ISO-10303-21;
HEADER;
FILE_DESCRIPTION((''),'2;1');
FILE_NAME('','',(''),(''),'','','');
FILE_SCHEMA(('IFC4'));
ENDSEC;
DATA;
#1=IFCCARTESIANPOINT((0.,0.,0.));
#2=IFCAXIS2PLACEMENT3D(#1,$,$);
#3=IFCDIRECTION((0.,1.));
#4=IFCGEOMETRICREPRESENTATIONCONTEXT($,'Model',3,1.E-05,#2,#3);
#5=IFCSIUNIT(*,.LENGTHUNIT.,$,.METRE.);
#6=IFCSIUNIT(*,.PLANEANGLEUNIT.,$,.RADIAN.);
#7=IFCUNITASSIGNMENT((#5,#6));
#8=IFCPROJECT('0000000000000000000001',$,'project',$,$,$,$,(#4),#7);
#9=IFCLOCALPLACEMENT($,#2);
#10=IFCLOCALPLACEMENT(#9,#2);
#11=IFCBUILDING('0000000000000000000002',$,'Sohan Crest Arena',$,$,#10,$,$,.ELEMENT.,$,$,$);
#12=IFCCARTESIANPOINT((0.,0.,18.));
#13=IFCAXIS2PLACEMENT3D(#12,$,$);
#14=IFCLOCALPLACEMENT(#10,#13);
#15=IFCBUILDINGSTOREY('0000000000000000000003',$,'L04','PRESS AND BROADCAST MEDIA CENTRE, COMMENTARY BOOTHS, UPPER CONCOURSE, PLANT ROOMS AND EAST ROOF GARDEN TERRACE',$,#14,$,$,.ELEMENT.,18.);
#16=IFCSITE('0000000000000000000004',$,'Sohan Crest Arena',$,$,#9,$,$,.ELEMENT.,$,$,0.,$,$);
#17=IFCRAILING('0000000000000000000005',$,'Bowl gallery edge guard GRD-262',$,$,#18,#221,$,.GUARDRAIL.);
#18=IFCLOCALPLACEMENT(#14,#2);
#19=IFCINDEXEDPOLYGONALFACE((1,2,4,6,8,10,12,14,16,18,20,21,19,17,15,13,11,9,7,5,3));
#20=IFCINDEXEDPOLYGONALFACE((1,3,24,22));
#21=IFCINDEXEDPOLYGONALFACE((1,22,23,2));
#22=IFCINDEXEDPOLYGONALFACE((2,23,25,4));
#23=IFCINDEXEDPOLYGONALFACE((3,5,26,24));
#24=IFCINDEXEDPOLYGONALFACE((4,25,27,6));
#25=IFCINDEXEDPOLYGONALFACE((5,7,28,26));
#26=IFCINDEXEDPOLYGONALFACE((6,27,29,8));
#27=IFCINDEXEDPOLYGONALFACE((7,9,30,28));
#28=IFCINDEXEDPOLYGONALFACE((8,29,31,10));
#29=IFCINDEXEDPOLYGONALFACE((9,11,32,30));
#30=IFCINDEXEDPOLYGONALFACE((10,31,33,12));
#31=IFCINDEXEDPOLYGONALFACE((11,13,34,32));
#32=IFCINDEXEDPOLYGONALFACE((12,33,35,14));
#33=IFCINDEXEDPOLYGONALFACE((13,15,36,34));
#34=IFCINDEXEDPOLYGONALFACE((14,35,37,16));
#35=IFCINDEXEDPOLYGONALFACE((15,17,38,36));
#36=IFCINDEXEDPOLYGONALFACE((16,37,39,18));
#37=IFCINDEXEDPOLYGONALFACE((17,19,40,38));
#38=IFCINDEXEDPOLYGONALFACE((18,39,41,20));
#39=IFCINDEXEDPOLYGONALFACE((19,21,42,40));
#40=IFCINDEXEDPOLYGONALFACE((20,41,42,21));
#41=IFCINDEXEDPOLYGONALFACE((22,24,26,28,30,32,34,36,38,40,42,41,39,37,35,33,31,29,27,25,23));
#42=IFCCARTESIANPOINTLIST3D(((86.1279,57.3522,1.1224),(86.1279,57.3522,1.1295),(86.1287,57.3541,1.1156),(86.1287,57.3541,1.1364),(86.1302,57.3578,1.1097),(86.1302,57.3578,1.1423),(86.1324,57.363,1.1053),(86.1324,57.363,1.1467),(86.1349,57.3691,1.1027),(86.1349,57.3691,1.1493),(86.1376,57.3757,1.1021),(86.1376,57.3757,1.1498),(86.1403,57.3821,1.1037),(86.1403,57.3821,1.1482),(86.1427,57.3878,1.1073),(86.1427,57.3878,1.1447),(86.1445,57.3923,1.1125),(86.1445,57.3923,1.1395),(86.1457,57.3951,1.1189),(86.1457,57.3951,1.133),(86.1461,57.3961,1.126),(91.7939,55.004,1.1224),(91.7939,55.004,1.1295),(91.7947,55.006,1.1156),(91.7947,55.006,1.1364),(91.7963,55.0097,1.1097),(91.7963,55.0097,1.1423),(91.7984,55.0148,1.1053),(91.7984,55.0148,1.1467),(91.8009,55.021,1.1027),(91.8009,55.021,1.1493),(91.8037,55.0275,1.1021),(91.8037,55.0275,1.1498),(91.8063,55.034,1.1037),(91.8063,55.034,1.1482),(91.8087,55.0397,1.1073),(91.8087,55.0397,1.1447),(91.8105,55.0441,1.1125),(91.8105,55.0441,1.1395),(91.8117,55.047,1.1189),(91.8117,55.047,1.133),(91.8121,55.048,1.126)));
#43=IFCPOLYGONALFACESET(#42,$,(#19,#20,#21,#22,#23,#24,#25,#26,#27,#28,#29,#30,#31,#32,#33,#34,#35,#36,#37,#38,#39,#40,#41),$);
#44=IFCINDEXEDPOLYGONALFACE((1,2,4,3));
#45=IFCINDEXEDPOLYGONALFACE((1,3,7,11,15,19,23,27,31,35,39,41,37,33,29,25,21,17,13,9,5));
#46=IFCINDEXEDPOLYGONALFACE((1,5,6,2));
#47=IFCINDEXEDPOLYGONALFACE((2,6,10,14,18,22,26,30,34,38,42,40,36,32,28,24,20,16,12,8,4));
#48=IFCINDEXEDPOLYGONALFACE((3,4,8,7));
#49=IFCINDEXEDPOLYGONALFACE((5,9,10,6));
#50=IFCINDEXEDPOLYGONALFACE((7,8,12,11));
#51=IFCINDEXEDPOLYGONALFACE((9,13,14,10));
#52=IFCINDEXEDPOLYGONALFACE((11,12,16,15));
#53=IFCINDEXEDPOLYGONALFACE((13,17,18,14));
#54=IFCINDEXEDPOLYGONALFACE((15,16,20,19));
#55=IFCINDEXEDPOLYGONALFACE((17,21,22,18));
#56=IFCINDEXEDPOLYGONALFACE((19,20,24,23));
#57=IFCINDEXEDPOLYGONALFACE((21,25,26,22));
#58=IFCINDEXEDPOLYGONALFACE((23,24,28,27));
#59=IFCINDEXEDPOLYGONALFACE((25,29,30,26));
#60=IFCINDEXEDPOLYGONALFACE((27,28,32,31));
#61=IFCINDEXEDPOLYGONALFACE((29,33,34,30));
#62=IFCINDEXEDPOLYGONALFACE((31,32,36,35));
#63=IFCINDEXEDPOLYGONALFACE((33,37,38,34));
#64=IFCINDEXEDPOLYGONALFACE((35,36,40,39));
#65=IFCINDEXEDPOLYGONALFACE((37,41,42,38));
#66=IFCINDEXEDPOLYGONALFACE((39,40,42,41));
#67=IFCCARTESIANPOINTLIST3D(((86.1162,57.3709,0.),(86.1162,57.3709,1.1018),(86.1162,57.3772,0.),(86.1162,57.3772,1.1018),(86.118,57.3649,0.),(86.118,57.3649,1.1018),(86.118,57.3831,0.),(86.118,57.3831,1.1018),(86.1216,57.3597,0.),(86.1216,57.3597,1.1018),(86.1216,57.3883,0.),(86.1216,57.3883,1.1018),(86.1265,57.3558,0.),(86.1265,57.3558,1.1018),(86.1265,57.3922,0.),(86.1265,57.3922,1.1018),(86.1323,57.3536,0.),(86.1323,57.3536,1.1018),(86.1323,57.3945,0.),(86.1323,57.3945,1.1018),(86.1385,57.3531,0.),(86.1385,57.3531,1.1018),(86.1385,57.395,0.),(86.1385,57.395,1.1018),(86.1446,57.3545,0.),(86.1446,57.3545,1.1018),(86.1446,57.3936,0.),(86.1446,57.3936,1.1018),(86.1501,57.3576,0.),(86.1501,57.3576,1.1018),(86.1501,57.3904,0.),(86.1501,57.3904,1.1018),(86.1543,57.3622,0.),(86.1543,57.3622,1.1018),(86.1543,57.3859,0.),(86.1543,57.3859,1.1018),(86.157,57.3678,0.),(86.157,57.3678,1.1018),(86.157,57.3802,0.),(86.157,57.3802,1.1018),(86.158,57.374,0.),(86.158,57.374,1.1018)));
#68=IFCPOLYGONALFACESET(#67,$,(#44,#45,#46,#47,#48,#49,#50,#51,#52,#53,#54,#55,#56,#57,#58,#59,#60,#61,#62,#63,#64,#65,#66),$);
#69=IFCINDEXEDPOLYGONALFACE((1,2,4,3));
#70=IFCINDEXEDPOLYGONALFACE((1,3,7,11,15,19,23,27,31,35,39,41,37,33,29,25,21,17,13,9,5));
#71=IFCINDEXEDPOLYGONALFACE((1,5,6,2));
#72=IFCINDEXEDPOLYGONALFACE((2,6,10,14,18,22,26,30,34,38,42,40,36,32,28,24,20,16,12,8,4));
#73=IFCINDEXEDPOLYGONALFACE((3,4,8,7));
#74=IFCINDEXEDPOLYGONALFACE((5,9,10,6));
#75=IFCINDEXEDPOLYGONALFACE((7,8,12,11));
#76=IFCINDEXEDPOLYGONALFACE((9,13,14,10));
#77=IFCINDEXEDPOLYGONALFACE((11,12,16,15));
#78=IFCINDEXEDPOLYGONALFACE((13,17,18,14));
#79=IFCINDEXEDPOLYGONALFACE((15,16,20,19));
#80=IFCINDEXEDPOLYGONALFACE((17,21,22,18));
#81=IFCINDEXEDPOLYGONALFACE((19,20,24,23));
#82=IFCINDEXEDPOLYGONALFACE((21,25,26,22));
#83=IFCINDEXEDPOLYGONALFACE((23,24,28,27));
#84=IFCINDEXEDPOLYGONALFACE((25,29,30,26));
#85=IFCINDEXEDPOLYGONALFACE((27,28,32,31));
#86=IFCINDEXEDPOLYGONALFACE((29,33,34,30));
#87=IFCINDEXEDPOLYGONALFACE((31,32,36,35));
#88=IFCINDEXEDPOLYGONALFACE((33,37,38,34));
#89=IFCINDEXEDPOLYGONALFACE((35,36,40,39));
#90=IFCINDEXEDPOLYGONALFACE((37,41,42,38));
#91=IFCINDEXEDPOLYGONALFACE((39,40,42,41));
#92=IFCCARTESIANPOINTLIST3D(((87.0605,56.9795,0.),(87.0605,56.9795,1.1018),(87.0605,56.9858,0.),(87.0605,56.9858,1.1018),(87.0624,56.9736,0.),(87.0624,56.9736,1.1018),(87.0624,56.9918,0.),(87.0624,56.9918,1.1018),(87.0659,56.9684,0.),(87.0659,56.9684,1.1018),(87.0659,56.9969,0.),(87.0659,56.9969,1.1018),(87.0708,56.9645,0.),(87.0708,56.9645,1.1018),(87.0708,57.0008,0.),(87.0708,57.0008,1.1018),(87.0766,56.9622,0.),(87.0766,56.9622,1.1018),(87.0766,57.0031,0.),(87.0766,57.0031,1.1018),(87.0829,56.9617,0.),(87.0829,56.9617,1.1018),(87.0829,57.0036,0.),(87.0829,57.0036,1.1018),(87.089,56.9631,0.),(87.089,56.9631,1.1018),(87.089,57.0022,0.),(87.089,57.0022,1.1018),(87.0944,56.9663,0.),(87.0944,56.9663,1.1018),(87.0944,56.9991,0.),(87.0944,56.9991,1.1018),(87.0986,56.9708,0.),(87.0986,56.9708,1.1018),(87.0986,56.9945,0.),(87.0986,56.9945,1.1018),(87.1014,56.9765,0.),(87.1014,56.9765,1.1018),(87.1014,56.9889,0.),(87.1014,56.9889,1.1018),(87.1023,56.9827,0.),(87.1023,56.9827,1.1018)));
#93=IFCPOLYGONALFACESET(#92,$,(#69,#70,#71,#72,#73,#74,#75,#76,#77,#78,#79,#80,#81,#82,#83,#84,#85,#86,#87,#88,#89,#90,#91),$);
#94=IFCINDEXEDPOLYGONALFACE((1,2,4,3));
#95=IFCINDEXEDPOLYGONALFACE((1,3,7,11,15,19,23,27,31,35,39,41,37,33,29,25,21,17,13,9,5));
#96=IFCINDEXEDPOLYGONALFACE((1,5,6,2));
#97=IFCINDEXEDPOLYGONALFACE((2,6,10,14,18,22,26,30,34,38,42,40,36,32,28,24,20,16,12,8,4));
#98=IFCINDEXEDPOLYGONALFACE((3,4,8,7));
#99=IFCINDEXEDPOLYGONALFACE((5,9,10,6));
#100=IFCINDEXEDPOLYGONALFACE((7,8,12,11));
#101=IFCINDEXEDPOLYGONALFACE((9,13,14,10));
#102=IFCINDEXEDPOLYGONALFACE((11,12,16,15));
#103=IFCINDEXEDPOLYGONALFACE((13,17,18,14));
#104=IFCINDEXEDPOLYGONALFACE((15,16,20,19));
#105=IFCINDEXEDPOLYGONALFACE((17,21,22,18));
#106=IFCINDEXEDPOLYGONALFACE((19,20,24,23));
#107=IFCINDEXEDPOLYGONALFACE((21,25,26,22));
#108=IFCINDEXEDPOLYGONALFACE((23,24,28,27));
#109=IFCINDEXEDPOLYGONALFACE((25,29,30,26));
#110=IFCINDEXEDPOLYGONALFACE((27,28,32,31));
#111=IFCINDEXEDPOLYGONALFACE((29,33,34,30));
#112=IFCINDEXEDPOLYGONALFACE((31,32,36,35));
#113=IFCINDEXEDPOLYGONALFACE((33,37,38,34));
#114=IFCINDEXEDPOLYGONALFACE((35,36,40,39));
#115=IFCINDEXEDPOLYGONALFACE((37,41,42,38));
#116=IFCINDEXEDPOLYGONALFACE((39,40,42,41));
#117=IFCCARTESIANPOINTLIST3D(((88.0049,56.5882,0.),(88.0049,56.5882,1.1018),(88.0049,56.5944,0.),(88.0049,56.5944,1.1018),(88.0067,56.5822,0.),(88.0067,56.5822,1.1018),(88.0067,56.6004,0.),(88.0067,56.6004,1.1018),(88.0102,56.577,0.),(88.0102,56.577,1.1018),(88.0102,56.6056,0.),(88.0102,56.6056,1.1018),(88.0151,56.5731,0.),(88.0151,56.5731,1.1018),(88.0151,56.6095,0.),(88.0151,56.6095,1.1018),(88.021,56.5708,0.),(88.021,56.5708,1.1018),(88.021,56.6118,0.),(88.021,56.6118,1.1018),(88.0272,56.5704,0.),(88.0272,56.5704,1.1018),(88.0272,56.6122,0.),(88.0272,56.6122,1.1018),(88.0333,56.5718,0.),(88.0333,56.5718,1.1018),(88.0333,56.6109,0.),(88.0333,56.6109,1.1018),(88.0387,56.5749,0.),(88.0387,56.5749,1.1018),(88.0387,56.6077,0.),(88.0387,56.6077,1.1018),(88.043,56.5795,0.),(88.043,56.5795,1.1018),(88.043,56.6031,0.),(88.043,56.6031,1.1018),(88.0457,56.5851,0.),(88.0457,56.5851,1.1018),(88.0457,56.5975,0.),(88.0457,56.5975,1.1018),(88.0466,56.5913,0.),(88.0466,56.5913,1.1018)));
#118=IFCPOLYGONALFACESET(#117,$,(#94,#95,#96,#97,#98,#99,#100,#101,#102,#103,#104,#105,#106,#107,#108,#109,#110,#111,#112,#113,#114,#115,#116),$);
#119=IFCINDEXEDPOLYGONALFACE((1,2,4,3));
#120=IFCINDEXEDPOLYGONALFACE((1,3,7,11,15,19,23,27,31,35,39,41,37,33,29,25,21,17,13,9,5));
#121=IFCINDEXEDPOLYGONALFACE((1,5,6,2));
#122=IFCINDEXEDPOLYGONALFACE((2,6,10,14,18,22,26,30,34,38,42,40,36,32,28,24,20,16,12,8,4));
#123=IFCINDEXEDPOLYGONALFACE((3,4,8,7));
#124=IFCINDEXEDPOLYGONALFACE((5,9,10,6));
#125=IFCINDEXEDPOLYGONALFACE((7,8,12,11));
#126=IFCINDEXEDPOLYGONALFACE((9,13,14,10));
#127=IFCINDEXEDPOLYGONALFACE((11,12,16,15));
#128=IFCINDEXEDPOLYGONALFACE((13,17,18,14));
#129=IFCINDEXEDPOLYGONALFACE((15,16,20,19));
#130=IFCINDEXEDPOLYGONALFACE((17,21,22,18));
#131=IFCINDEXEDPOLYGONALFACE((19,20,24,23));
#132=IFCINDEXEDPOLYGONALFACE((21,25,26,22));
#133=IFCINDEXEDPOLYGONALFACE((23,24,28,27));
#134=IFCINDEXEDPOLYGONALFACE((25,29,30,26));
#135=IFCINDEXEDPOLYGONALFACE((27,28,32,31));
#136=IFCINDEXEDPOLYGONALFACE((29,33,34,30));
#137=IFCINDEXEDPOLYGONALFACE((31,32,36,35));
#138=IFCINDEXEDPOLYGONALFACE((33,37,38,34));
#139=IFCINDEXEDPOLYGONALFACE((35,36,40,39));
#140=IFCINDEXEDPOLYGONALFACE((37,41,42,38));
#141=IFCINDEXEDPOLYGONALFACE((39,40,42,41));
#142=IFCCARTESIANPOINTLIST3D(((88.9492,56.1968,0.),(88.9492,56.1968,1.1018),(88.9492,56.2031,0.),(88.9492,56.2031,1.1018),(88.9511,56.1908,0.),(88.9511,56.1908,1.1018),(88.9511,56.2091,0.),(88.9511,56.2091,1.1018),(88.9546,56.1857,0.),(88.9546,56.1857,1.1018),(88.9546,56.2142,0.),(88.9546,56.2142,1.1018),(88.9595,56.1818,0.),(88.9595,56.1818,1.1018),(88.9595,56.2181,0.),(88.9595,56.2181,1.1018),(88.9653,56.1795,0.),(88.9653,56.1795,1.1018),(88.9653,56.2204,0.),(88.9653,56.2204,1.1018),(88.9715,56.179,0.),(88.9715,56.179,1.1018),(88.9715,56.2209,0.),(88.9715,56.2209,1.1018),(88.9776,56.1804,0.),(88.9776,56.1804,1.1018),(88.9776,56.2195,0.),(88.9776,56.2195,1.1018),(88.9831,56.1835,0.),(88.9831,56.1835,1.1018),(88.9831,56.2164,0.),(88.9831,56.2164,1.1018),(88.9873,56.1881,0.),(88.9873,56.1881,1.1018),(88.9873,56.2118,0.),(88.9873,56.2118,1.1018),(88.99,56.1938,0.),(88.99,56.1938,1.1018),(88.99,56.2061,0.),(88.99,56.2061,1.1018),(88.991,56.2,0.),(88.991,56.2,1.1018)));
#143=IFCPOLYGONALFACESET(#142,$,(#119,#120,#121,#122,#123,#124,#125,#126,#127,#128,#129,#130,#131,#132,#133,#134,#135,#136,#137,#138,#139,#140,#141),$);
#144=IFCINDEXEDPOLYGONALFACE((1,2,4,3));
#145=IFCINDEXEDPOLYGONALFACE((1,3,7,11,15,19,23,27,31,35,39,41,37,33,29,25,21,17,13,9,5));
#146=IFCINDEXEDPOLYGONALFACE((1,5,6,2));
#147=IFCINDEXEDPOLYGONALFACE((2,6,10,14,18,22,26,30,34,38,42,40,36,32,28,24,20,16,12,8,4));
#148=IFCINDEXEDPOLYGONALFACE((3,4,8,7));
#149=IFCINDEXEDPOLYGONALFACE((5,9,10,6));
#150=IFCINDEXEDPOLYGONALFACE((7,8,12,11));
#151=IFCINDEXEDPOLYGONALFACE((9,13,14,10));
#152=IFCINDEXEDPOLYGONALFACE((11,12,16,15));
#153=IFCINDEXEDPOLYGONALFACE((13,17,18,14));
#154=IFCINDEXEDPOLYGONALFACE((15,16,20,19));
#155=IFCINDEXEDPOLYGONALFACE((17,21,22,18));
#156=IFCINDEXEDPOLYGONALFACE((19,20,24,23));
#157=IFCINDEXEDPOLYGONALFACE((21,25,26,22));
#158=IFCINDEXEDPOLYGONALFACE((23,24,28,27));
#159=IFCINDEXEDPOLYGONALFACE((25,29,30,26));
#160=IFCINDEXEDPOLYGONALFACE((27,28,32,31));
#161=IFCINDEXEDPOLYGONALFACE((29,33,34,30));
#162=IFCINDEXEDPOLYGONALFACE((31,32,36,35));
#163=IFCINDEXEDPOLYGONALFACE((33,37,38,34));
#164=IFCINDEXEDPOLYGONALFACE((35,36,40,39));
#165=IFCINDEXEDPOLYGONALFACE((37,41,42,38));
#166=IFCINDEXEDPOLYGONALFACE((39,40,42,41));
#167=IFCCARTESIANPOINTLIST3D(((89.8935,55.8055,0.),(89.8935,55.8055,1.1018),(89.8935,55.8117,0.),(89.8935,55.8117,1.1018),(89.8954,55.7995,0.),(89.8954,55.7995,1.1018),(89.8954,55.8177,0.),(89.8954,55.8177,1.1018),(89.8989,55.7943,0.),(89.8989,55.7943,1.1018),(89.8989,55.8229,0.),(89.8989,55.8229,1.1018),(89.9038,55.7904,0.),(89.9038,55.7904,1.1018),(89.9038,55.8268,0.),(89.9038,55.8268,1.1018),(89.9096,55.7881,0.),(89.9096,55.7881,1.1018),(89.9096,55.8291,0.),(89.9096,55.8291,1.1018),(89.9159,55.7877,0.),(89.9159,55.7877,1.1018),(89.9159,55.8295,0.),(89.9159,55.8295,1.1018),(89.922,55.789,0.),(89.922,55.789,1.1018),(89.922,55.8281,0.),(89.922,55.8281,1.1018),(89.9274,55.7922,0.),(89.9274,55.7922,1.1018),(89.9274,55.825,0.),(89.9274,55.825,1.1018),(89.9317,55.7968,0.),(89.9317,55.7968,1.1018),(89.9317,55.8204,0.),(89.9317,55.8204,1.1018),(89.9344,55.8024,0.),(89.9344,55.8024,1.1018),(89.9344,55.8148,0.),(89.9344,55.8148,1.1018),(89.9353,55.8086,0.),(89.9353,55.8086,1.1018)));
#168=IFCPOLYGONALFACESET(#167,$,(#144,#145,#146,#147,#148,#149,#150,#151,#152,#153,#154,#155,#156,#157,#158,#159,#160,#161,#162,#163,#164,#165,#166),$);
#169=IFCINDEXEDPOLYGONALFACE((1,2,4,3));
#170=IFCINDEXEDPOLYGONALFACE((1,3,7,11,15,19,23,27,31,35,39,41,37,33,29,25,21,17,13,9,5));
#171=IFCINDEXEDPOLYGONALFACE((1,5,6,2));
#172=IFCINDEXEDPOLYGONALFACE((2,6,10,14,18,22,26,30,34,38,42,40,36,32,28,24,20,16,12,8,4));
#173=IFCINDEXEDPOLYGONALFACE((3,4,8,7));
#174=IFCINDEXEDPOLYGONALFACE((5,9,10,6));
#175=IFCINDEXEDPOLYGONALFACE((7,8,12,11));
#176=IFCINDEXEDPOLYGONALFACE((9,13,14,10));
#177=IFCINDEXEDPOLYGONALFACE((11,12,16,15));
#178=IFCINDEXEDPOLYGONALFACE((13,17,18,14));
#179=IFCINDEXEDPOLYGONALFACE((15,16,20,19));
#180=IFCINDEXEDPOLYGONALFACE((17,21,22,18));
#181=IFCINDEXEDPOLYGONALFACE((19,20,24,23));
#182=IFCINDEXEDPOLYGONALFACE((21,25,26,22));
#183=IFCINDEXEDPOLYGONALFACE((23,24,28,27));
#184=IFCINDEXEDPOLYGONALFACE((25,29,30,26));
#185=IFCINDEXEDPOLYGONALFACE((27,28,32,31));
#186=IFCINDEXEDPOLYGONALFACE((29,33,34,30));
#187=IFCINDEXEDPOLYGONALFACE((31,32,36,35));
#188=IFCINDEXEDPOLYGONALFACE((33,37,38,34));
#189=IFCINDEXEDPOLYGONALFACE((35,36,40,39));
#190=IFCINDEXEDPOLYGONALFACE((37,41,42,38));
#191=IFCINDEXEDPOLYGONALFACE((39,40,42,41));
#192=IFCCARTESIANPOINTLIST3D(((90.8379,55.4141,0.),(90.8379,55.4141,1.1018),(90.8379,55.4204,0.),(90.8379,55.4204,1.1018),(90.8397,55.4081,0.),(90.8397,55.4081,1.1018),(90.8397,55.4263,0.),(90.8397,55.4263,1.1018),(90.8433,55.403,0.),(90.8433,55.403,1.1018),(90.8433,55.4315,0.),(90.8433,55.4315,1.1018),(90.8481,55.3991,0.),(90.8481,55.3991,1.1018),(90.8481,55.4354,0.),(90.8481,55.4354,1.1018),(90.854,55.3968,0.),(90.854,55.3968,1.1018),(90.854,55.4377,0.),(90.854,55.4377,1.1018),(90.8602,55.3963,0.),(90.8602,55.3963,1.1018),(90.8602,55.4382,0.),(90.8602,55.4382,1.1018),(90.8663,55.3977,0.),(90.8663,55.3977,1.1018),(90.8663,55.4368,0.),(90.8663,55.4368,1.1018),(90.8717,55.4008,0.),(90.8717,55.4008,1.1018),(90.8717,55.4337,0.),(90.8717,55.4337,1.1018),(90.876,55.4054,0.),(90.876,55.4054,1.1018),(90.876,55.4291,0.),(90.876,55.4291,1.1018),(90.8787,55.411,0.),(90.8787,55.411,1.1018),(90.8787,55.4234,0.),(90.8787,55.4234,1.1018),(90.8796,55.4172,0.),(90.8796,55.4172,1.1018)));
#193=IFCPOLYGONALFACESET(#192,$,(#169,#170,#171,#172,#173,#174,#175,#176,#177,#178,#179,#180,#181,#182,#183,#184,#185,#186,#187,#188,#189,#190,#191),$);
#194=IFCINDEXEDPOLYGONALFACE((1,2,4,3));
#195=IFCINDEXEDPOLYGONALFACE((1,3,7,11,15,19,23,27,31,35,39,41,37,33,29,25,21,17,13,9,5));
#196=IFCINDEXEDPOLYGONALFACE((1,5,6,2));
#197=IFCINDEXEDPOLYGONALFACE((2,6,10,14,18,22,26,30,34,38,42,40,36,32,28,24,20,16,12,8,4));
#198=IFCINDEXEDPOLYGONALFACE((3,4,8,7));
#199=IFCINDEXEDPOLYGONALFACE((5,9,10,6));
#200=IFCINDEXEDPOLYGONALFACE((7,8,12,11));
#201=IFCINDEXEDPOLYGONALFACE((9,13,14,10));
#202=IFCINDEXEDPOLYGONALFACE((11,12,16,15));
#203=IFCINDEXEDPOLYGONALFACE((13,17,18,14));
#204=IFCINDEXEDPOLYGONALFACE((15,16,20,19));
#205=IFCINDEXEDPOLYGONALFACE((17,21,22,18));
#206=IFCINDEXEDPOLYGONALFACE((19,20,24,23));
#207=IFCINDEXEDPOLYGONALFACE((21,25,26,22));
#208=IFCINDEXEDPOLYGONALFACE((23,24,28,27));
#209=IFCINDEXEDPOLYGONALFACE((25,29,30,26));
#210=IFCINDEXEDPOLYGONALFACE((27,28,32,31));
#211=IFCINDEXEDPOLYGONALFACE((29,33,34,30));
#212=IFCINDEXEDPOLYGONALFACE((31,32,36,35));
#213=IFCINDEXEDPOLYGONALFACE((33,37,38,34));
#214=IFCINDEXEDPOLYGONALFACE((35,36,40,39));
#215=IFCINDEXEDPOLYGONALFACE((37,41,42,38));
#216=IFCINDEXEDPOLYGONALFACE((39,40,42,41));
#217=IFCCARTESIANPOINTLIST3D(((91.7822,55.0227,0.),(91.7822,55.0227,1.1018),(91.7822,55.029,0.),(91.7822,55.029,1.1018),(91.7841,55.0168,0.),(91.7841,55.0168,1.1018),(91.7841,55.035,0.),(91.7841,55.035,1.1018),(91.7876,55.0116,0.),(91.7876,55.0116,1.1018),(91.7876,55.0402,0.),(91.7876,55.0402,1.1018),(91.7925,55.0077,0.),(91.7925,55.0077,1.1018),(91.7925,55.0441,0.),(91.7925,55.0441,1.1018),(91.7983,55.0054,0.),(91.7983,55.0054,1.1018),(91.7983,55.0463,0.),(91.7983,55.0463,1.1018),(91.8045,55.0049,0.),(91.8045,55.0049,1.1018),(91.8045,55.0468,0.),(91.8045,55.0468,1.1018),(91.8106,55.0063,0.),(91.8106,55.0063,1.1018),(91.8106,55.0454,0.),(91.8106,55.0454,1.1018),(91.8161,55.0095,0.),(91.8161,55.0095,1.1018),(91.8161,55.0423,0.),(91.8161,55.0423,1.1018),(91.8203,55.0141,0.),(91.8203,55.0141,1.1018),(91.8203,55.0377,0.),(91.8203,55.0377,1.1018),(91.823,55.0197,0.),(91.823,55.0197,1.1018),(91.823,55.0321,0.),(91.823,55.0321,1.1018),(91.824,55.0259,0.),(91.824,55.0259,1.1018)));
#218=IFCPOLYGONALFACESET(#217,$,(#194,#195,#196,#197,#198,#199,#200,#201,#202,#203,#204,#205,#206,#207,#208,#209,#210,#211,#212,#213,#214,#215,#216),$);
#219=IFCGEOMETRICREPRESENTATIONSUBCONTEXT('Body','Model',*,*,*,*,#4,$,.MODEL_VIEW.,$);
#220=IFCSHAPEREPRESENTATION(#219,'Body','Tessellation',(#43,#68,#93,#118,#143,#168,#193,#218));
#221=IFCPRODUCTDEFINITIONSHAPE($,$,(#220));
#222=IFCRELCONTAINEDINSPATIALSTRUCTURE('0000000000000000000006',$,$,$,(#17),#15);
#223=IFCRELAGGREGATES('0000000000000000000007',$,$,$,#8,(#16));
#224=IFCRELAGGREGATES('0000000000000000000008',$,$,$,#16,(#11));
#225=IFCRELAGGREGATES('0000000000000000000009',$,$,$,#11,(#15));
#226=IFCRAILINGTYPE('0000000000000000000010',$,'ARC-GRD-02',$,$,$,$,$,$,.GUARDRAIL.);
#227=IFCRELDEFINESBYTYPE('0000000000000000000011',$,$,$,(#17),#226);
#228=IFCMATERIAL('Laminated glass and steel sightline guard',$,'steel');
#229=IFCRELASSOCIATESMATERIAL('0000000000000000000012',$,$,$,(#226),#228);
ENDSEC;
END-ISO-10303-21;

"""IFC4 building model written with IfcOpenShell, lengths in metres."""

from ifc_helpers import new_model, si_unit, direction, frame, origin, origin_2d, place, context, subcontext, project, spatial, circle, extrude, material, type_object, element, save


model = new_model("IFC4")

# Units and contexts
model_context = context("Model", 3, precision=1e-05, world=origin(), true_north=direction((0.0, 1.0)))
body_context = subcontext(model_context, "Body", "Model", "MODEL_VIEW")
ifc_project = project(units=[si_unit("LENGTHUNIT", "METRE"), si_unit("PLANEANGLEUNIT", "RADIAN")], contexts=[model_context])

# Site, building, storey
site_placement = place(None, origin())
site = spatial("IfcSite", under=ifc_project, at=site_placement, Name="Sohan Crest Arena", CompositionType="ELEMENT", RefElevation=0.0)
building_placement = place(site_placement, origin())
building = spatial("IfcBuilding", under=site, at=building_placement, Name="Sohan Crest Arena", CompositionType="ELEMENT")
storey_placement = place(building_placement, frame((0.0, 0.0, 18.0)))
storey = spatial("IfcBuildingStorey", under=building, at=storey_placement, Name="L04", Description="PRESS AND BROADCAST MEDIA CENTRE, COMMENTARY BOOTHS, UPPER CONCOURSE, PLANT ROOMS AND EAST ROOF GARDEN TERRACE", CompositionType="ELEMENT", Elevation=18.0)

# Railing
ifc_material_1 = material(Name="Laminated glass and steel sightline guard", Category="steel")
railing_type_1 = type_object("IfcRailingType", Name="ARC-GRD-02", PredefinedType="GUARDRAIL", material=ifc_material_1)
railing_1_placement = place(storey_placement, frame((86.137, 57.374, 0.0)))
element("IfcRailing", 1, at=railing_1_placement, inside=storey, type_object=railing_type_1, Name="Bowl gallery edge guard GRD-262", PredefinedType="GUARDRAIL", context=body_context, shape_type="SweptSolid", body=[
    extrude(circle(Radius=0.0239, at=origin_2d()), frame((0.0, 0.0, 1.126), z_axis=(0.92381, -0.382851, 0.0), x_axis=(0.382851, 0.92381, 0.0)), (0.0, 0.0, 1.0), 6.1333),
    extrude(circle(Radius=0.021, at=origin_2d()), origin(), (0.0, 0.0, 1.0), 1.1018),
    extrude(circle(Radius=0.021, at=origin_2d()), frame((0.9443, -0.3914, 0.0)), (0.0, 0.0, 1.0), 1.1018),
    extrude(circle(Radius=0.021, at=origin_2d()), frame((1.8887, -0.7827, 0.0)), (0.0, 0.0, 1.0), 1.1018),
    extrude(circle(Radius=0.021, at=origin_2d()), frame((2.833, -1.1741, 0.0)), (0.0, 0.0, 1.0), 1.1018),
    extrude(circle(Radius=0.021, at=origin_2d()), frame((3.7773, -1.5654, 0.0)), (0.0, 0.0, 1.0), 1.1018),
    extrude(circle(Radius=0.021, at=origin_2d()), frame((4.7217, -1.9568, 0.0)), (0.0, 0.0, 1.0), 1.1018),
    extrude(circle(Radius=0.021, at=origin_2d()), frame((5.666, -2.3481, 0.0)), (0.0, 0.0, 1.0), 1.1018),
])

save(model, "model.ifc")
